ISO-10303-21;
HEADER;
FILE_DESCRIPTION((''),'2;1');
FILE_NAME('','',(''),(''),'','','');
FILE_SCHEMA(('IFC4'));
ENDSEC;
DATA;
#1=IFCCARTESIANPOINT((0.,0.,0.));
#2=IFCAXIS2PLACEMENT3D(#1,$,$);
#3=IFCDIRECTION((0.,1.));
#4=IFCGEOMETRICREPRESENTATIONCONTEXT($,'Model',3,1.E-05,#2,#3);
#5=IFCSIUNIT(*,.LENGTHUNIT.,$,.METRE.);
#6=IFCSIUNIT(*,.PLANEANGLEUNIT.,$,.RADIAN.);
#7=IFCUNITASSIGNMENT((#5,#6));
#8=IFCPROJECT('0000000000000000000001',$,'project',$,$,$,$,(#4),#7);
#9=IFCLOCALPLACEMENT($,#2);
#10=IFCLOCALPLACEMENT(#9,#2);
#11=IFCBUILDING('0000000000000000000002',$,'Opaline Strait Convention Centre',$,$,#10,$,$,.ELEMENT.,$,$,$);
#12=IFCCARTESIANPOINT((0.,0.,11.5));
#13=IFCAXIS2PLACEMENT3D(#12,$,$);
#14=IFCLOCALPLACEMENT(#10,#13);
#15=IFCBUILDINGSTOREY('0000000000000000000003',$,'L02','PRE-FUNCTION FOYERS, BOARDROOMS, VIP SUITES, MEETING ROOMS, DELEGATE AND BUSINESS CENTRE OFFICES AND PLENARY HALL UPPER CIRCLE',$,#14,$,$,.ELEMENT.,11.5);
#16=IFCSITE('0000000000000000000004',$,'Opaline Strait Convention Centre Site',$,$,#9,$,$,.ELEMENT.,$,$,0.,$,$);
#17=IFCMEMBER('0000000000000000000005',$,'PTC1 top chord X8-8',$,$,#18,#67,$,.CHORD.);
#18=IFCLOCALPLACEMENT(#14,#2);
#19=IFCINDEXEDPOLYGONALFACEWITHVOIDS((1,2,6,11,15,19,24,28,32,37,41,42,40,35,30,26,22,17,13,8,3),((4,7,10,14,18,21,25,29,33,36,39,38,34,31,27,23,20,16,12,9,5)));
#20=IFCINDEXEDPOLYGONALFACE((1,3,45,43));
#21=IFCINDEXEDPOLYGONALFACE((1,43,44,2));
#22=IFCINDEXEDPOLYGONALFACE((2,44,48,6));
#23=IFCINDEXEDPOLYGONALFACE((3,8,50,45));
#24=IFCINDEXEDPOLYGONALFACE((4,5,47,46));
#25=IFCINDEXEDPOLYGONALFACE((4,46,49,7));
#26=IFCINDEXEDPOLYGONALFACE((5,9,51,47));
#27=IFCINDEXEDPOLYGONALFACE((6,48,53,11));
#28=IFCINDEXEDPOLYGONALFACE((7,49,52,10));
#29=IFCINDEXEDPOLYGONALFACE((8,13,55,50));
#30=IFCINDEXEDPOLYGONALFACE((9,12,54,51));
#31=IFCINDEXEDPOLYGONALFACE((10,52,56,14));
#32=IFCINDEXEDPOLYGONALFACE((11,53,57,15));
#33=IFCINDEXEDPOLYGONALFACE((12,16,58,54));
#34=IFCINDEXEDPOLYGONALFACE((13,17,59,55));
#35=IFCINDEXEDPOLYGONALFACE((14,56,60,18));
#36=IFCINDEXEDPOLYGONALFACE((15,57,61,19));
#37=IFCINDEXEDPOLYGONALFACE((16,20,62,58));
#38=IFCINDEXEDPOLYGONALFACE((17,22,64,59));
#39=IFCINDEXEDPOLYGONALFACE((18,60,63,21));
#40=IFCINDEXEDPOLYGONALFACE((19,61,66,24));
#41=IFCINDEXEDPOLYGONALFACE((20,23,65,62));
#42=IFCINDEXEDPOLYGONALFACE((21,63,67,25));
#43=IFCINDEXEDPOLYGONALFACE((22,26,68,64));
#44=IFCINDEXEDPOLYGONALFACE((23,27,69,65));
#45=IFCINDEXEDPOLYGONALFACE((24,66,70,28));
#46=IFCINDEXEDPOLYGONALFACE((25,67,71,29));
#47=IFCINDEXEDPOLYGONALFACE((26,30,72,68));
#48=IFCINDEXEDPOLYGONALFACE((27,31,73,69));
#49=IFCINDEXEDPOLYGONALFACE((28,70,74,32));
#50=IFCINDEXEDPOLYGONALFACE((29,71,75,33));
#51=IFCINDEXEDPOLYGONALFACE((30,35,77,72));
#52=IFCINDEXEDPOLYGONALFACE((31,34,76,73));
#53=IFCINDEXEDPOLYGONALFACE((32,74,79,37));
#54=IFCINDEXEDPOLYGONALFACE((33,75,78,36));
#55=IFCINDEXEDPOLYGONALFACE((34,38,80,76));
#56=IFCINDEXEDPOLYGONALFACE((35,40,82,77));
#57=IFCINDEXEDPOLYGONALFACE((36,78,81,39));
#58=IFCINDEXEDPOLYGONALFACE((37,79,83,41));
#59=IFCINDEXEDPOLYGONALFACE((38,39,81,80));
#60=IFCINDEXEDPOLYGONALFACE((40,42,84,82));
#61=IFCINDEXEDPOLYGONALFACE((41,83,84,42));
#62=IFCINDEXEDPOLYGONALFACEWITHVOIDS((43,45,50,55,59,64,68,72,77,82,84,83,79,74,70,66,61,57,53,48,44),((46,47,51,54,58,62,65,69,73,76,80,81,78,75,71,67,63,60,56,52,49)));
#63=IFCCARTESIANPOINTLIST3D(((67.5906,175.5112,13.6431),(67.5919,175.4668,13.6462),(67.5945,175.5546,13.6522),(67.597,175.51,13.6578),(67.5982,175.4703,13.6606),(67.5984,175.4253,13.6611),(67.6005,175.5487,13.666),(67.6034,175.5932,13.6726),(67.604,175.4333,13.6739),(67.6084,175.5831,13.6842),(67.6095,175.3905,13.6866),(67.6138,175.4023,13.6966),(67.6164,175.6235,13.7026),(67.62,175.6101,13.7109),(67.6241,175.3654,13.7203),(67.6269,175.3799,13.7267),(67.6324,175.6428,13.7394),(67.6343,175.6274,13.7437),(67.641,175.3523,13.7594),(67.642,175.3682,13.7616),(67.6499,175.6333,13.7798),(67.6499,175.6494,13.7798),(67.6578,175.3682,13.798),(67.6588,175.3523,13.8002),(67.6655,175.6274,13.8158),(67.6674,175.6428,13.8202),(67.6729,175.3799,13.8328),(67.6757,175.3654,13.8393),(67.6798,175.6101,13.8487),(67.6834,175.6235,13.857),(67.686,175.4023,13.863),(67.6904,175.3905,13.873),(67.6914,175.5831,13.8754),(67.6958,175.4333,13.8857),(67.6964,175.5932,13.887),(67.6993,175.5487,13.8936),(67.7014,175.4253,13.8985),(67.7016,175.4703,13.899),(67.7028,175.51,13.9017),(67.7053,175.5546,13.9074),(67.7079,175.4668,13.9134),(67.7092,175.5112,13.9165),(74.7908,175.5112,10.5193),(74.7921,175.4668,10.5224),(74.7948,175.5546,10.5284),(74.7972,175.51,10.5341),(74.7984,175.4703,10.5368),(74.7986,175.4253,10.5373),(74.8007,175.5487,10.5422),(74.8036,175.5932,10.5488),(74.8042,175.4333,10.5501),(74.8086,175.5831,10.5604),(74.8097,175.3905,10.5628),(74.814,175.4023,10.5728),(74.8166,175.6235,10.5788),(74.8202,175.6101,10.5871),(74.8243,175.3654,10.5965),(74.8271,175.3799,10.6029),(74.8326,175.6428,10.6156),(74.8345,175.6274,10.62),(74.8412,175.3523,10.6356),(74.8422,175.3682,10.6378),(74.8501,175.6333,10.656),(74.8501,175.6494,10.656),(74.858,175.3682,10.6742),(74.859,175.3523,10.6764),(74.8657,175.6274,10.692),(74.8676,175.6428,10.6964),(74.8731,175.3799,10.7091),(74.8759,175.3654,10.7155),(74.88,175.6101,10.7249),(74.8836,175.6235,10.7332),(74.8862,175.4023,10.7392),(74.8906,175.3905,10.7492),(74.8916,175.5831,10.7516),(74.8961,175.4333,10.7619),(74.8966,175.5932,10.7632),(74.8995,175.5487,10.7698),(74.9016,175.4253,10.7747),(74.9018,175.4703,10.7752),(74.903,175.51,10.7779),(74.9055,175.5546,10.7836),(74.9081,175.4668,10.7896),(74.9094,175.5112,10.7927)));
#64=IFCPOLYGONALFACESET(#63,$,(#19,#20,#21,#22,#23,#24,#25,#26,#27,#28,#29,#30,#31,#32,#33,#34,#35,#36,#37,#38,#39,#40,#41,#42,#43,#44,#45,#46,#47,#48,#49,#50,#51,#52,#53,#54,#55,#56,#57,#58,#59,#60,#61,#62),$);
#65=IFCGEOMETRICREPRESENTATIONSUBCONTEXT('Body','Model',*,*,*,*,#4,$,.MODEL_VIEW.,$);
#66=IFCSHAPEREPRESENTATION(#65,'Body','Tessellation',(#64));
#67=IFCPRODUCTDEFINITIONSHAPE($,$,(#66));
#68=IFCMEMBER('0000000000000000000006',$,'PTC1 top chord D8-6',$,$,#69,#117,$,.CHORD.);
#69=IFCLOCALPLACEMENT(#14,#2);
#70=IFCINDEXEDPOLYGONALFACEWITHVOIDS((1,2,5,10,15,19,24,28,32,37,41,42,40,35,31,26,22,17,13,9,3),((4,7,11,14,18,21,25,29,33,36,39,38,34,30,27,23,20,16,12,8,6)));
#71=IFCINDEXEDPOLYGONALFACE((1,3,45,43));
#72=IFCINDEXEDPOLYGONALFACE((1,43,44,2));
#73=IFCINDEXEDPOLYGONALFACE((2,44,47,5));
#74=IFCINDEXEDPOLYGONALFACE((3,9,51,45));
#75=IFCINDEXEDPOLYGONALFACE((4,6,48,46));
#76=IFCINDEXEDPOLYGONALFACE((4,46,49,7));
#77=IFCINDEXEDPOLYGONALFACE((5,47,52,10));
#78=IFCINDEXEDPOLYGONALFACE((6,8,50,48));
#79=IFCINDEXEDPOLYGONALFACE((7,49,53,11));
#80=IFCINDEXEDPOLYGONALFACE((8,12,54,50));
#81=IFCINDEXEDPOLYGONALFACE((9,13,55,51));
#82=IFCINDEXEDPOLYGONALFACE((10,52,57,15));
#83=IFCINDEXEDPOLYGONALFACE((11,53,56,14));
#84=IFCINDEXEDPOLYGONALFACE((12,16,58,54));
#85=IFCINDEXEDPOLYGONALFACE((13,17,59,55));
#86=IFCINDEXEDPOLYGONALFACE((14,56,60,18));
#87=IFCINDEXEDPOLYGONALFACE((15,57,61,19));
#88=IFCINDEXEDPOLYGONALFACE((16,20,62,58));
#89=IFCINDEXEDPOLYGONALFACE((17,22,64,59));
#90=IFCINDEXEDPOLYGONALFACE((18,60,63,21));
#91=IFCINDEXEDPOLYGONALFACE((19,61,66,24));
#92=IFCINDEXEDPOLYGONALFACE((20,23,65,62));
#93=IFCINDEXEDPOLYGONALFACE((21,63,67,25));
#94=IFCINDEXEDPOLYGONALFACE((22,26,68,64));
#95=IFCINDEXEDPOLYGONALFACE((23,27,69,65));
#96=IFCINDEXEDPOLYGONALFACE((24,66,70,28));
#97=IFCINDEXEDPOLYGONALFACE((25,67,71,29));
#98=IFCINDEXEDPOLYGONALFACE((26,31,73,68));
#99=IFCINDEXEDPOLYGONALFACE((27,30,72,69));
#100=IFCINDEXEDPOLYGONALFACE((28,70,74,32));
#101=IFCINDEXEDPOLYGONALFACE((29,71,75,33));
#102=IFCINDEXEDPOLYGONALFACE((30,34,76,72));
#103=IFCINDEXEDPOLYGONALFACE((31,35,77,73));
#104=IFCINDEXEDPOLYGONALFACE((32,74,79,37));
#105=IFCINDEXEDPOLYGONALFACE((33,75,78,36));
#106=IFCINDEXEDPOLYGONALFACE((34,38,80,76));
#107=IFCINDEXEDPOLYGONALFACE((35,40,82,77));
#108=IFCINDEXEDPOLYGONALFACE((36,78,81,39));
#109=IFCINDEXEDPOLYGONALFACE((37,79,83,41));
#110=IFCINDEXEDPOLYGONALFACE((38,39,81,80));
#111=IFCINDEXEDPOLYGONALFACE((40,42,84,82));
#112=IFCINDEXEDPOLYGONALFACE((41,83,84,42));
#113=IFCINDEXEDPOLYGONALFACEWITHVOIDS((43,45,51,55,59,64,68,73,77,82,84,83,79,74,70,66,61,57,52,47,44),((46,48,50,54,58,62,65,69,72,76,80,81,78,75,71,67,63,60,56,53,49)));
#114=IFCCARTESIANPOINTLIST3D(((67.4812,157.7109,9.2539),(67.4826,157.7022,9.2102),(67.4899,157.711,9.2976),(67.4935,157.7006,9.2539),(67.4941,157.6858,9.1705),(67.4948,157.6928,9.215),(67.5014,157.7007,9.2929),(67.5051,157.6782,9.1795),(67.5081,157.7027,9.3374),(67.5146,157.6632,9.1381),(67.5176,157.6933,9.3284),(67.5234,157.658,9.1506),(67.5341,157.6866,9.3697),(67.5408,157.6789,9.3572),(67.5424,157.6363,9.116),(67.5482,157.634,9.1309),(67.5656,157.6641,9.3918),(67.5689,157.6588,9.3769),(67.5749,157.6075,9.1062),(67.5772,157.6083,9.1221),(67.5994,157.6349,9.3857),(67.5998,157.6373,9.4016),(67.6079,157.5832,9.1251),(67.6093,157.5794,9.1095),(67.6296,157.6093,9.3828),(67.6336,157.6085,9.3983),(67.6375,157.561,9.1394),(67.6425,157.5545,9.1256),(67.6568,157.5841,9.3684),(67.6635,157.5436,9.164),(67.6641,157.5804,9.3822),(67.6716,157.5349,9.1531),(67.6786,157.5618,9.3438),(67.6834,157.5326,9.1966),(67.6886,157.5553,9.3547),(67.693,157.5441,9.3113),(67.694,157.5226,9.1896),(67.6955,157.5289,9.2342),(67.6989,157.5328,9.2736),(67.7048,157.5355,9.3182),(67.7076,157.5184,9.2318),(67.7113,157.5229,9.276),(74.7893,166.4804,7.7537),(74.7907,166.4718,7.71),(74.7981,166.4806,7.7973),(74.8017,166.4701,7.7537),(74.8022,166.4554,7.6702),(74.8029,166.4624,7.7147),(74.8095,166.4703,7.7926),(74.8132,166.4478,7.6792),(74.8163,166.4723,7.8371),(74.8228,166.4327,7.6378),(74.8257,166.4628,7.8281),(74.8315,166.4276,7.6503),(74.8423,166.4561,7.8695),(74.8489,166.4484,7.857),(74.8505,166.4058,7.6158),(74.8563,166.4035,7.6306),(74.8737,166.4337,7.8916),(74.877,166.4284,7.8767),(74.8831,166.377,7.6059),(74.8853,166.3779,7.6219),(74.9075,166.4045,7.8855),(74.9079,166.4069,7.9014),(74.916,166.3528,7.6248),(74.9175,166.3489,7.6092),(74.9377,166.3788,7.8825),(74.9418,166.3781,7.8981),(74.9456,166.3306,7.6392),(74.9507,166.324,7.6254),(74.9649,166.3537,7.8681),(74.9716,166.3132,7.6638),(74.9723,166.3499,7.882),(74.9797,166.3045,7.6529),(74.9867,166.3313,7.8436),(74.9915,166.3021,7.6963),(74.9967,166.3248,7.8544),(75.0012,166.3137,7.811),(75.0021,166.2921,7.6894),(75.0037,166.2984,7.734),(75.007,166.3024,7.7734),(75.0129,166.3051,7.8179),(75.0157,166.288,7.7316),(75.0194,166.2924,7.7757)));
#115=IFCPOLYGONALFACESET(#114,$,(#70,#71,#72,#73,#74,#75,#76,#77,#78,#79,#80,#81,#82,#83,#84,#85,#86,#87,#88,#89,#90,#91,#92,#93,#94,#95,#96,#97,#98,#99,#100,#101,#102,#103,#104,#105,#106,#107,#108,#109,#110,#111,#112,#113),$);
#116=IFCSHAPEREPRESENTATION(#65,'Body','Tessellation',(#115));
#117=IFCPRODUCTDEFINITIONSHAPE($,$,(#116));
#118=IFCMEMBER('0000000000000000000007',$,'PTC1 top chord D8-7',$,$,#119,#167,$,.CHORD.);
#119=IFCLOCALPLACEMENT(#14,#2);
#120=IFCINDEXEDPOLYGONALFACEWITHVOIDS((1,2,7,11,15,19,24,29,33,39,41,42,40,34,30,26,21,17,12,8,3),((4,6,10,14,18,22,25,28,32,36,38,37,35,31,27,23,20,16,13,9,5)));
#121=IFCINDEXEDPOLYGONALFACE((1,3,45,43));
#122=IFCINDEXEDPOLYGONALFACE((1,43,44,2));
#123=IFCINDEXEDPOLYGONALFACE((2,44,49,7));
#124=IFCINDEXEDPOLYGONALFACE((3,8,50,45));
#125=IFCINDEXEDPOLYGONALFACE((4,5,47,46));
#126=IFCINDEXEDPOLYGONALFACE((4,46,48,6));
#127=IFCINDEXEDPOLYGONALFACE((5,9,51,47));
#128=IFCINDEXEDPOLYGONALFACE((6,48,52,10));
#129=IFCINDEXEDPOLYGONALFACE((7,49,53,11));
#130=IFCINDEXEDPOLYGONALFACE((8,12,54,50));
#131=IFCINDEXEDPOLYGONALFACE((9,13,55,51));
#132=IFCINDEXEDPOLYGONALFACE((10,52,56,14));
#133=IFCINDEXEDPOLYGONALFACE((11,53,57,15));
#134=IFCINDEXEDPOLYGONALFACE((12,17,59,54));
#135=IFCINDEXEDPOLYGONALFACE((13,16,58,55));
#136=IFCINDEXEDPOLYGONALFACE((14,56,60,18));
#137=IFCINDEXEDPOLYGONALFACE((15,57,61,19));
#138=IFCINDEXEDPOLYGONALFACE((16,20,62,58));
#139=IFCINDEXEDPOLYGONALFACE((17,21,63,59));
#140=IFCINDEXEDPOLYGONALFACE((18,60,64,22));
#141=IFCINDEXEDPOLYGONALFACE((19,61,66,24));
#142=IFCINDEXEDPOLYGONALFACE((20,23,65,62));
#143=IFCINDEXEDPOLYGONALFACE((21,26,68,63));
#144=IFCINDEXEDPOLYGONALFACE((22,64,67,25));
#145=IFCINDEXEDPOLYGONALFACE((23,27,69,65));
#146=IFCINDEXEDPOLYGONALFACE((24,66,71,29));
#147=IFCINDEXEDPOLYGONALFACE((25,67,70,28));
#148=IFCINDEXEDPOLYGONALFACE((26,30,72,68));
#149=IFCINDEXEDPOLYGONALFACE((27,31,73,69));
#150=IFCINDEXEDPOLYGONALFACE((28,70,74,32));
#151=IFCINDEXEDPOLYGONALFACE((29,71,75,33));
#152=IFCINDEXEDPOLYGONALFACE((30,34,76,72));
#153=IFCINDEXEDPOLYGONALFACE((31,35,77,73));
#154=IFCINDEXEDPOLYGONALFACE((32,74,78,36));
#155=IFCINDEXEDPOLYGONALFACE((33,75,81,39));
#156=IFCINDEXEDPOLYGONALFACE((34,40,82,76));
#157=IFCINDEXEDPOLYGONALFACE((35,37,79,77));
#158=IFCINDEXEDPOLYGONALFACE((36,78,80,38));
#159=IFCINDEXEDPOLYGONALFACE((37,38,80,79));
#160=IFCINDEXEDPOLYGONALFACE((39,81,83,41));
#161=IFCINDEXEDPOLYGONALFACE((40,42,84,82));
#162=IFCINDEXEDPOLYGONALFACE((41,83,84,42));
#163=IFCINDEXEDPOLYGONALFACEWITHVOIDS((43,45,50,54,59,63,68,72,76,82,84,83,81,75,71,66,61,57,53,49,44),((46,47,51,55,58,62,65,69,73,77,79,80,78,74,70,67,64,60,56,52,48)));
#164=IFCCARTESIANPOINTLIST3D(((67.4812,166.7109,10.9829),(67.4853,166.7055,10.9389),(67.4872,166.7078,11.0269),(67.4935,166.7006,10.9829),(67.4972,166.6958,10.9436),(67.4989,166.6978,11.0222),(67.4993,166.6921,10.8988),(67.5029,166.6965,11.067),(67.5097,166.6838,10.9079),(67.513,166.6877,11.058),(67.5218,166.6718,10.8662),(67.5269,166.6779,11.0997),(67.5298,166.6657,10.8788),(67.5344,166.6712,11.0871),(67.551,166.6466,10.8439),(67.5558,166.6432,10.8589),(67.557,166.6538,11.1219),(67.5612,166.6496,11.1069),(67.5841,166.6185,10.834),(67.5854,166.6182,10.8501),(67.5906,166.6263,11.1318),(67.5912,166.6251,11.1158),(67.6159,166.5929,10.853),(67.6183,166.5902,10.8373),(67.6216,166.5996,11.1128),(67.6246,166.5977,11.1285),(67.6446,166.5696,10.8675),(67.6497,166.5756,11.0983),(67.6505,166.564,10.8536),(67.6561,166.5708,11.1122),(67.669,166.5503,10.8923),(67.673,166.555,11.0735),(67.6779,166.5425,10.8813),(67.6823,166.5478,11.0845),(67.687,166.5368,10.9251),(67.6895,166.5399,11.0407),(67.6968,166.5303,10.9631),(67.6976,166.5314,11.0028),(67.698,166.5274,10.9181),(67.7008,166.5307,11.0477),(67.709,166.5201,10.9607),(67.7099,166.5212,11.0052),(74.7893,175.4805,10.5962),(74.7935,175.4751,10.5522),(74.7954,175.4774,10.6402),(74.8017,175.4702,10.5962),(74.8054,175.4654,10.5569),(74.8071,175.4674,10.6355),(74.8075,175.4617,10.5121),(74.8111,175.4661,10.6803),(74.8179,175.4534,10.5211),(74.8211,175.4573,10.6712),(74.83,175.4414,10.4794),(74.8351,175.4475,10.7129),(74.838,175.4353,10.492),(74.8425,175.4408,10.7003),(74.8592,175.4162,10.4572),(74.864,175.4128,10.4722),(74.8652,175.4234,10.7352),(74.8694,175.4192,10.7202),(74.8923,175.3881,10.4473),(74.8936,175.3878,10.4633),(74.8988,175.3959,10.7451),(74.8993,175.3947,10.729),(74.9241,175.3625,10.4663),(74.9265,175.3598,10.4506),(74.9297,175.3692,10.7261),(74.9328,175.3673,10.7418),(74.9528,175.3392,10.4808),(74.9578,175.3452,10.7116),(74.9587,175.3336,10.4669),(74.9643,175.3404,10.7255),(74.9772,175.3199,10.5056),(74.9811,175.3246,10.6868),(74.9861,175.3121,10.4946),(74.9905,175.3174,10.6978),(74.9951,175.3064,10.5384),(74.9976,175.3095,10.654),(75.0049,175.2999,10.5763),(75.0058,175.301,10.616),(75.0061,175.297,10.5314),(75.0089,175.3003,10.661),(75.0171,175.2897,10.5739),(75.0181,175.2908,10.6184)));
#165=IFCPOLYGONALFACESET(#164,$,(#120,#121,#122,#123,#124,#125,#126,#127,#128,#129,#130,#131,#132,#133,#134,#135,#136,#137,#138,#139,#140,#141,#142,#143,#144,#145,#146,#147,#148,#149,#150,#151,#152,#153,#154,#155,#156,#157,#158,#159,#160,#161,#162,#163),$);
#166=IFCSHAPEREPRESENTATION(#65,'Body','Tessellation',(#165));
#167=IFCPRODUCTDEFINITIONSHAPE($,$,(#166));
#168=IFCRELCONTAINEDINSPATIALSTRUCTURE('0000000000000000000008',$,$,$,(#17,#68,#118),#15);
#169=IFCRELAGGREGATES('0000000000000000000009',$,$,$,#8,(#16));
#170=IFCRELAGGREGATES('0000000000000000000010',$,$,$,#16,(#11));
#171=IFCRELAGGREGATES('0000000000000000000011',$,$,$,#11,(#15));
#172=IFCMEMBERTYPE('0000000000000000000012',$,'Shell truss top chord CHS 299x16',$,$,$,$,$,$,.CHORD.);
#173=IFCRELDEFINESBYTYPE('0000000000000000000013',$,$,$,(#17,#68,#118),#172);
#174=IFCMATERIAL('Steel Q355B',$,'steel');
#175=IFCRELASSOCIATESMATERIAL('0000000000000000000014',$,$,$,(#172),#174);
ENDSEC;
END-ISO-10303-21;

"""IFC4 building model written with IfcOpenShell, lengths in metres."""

from ifc_helpers import new_model, si_unit, direction, frame, origin, origin_2d, place, context, subcontext, project, spatial, hollow_circle, extrude, material, material_profile, profile_set, type_object, element, save


model = new_model("IFC4")

# Units and contexts
model_context = context("Model", 3, precision=1e-05, world=origin(), true_north=direction((0.0, 1.0)))
body_context = subcontext(model_context, "Body", "Model", "MODEL_VIEW")
ifc_project = project(units=[si_unit("LENGTHUNIT", "METRE"), si_unit("PLANEANGLEUNIT", "RADIAN")], contexts=[model_context])

# Site, building, storey
site_placement = place(None, origin())
site = spatial("IfcSite", under=ifc_project, at=site_placement, Name="Opaline Strait Convention Centre Site", CompositionType="ELEMENT", RefElevation=0.0)
building_placement = place(site_placement, origin())
building = spatial("IfcBuilding", under=site, at=building_placement, Name="Opaline Strait Convention Centre", CompositionType="ELEMENT")
storey_placement = place(building_placement, frame((0.0, 0.0, 11.5)))
storey = spatial("IfcBuildingStorey", under=building, at=storey_placement, Name="L02", Description="PRE-FUNCTION FOYERS, BOARDROOMS, VIP SUITES, MEETING ROOMS, DELEGATE AND BUSINESS CENTRE OFFICES AND PLENARY HALL UPPER CIRCLE", CompositionType="ELEMENT", Elevation=11.5)

# Members
ifc_material_1 = material(Name="Steel Q355B", Category="steel")
ifc_material_profile_1 = material_profile(ifc_material_1, hollow_circle(Radius=0.1494, WallThickness=0.0161, at=origin_2d()), Name="CHS 299x16")
ifc_profile_set_1 = profile_set([ifc_material_profile_1], Name="Steel Q355B")
member_type_1 = type_object("IfcMemberType", Name="Shell truss top chord CHS 299x16", PredefinedType="CHORD", material=ifc_profile_set_1)
for number, where, z_axis, x_axis, name in (
    (1, (67.6499, 175.5, 13.7798), (0.917384, 0.0, -0.398004), (0.0, 1.0, 0.0), "PTC1 top chord X8-8"),
):
    element("IfcMember", number, at=place(storey_placement, frame(where, z_axis=z_axis, x_axis=x_axis)), inside=storey, type_object=member_type_1, Name=name, PredefinedType="CHORD", context=body_context, shape_type="SweptSolid", body=[
        extrude(hollow_circle(Radius=0.1494, WallThickness=0.0161, at=origin_2d()), origin(), (0.0, 0.0, 1.0), 7.8486),
    ])
member_1_placement = place(storey_placement, frame((67.5959, 157.6152, 9.2539), z_axis=(0.634735, 0.761665, -0.130302), x_axis=(-0.768214, 0.640193, 0.0)))
element("IfcMember", 2, at=member_1_placement, inside=storey, type_object=member_type_1, Name="PTC1 top chord D8-6", PredefinedType="CHORD", context=body_context, shape_type="SweptSolid", body=[
    extrude(hollow_circle(Radius=0.1494, WallThickness=0.0161, at=origin_2d()), origin(), (0.0, 0.0, 1.0), 11.5137),
])
member_2_placement = place(storey_placement, frame((67.5959, 166.6152, 10.9829), z_axis=(0.639826, 0.767774, -0.033857), x_axis=(-0.768214, 0.640193, 0.0)))
element("IfcMember", 3, at=member_2_placement, inside=storey, type_object=member_type_1, Name="PTC1 top chord D8-7", PredefinedType="CHORD", context=body_context, shape_type="SweptSolid", body=[
    extrude(hollow_circle(Radius=0.1494, WallThickness=0.0161, at=origin_2d()), origin(), (0.0, 0.0, 1.0), 11.4221),
])

save(model, "model.ifc")
